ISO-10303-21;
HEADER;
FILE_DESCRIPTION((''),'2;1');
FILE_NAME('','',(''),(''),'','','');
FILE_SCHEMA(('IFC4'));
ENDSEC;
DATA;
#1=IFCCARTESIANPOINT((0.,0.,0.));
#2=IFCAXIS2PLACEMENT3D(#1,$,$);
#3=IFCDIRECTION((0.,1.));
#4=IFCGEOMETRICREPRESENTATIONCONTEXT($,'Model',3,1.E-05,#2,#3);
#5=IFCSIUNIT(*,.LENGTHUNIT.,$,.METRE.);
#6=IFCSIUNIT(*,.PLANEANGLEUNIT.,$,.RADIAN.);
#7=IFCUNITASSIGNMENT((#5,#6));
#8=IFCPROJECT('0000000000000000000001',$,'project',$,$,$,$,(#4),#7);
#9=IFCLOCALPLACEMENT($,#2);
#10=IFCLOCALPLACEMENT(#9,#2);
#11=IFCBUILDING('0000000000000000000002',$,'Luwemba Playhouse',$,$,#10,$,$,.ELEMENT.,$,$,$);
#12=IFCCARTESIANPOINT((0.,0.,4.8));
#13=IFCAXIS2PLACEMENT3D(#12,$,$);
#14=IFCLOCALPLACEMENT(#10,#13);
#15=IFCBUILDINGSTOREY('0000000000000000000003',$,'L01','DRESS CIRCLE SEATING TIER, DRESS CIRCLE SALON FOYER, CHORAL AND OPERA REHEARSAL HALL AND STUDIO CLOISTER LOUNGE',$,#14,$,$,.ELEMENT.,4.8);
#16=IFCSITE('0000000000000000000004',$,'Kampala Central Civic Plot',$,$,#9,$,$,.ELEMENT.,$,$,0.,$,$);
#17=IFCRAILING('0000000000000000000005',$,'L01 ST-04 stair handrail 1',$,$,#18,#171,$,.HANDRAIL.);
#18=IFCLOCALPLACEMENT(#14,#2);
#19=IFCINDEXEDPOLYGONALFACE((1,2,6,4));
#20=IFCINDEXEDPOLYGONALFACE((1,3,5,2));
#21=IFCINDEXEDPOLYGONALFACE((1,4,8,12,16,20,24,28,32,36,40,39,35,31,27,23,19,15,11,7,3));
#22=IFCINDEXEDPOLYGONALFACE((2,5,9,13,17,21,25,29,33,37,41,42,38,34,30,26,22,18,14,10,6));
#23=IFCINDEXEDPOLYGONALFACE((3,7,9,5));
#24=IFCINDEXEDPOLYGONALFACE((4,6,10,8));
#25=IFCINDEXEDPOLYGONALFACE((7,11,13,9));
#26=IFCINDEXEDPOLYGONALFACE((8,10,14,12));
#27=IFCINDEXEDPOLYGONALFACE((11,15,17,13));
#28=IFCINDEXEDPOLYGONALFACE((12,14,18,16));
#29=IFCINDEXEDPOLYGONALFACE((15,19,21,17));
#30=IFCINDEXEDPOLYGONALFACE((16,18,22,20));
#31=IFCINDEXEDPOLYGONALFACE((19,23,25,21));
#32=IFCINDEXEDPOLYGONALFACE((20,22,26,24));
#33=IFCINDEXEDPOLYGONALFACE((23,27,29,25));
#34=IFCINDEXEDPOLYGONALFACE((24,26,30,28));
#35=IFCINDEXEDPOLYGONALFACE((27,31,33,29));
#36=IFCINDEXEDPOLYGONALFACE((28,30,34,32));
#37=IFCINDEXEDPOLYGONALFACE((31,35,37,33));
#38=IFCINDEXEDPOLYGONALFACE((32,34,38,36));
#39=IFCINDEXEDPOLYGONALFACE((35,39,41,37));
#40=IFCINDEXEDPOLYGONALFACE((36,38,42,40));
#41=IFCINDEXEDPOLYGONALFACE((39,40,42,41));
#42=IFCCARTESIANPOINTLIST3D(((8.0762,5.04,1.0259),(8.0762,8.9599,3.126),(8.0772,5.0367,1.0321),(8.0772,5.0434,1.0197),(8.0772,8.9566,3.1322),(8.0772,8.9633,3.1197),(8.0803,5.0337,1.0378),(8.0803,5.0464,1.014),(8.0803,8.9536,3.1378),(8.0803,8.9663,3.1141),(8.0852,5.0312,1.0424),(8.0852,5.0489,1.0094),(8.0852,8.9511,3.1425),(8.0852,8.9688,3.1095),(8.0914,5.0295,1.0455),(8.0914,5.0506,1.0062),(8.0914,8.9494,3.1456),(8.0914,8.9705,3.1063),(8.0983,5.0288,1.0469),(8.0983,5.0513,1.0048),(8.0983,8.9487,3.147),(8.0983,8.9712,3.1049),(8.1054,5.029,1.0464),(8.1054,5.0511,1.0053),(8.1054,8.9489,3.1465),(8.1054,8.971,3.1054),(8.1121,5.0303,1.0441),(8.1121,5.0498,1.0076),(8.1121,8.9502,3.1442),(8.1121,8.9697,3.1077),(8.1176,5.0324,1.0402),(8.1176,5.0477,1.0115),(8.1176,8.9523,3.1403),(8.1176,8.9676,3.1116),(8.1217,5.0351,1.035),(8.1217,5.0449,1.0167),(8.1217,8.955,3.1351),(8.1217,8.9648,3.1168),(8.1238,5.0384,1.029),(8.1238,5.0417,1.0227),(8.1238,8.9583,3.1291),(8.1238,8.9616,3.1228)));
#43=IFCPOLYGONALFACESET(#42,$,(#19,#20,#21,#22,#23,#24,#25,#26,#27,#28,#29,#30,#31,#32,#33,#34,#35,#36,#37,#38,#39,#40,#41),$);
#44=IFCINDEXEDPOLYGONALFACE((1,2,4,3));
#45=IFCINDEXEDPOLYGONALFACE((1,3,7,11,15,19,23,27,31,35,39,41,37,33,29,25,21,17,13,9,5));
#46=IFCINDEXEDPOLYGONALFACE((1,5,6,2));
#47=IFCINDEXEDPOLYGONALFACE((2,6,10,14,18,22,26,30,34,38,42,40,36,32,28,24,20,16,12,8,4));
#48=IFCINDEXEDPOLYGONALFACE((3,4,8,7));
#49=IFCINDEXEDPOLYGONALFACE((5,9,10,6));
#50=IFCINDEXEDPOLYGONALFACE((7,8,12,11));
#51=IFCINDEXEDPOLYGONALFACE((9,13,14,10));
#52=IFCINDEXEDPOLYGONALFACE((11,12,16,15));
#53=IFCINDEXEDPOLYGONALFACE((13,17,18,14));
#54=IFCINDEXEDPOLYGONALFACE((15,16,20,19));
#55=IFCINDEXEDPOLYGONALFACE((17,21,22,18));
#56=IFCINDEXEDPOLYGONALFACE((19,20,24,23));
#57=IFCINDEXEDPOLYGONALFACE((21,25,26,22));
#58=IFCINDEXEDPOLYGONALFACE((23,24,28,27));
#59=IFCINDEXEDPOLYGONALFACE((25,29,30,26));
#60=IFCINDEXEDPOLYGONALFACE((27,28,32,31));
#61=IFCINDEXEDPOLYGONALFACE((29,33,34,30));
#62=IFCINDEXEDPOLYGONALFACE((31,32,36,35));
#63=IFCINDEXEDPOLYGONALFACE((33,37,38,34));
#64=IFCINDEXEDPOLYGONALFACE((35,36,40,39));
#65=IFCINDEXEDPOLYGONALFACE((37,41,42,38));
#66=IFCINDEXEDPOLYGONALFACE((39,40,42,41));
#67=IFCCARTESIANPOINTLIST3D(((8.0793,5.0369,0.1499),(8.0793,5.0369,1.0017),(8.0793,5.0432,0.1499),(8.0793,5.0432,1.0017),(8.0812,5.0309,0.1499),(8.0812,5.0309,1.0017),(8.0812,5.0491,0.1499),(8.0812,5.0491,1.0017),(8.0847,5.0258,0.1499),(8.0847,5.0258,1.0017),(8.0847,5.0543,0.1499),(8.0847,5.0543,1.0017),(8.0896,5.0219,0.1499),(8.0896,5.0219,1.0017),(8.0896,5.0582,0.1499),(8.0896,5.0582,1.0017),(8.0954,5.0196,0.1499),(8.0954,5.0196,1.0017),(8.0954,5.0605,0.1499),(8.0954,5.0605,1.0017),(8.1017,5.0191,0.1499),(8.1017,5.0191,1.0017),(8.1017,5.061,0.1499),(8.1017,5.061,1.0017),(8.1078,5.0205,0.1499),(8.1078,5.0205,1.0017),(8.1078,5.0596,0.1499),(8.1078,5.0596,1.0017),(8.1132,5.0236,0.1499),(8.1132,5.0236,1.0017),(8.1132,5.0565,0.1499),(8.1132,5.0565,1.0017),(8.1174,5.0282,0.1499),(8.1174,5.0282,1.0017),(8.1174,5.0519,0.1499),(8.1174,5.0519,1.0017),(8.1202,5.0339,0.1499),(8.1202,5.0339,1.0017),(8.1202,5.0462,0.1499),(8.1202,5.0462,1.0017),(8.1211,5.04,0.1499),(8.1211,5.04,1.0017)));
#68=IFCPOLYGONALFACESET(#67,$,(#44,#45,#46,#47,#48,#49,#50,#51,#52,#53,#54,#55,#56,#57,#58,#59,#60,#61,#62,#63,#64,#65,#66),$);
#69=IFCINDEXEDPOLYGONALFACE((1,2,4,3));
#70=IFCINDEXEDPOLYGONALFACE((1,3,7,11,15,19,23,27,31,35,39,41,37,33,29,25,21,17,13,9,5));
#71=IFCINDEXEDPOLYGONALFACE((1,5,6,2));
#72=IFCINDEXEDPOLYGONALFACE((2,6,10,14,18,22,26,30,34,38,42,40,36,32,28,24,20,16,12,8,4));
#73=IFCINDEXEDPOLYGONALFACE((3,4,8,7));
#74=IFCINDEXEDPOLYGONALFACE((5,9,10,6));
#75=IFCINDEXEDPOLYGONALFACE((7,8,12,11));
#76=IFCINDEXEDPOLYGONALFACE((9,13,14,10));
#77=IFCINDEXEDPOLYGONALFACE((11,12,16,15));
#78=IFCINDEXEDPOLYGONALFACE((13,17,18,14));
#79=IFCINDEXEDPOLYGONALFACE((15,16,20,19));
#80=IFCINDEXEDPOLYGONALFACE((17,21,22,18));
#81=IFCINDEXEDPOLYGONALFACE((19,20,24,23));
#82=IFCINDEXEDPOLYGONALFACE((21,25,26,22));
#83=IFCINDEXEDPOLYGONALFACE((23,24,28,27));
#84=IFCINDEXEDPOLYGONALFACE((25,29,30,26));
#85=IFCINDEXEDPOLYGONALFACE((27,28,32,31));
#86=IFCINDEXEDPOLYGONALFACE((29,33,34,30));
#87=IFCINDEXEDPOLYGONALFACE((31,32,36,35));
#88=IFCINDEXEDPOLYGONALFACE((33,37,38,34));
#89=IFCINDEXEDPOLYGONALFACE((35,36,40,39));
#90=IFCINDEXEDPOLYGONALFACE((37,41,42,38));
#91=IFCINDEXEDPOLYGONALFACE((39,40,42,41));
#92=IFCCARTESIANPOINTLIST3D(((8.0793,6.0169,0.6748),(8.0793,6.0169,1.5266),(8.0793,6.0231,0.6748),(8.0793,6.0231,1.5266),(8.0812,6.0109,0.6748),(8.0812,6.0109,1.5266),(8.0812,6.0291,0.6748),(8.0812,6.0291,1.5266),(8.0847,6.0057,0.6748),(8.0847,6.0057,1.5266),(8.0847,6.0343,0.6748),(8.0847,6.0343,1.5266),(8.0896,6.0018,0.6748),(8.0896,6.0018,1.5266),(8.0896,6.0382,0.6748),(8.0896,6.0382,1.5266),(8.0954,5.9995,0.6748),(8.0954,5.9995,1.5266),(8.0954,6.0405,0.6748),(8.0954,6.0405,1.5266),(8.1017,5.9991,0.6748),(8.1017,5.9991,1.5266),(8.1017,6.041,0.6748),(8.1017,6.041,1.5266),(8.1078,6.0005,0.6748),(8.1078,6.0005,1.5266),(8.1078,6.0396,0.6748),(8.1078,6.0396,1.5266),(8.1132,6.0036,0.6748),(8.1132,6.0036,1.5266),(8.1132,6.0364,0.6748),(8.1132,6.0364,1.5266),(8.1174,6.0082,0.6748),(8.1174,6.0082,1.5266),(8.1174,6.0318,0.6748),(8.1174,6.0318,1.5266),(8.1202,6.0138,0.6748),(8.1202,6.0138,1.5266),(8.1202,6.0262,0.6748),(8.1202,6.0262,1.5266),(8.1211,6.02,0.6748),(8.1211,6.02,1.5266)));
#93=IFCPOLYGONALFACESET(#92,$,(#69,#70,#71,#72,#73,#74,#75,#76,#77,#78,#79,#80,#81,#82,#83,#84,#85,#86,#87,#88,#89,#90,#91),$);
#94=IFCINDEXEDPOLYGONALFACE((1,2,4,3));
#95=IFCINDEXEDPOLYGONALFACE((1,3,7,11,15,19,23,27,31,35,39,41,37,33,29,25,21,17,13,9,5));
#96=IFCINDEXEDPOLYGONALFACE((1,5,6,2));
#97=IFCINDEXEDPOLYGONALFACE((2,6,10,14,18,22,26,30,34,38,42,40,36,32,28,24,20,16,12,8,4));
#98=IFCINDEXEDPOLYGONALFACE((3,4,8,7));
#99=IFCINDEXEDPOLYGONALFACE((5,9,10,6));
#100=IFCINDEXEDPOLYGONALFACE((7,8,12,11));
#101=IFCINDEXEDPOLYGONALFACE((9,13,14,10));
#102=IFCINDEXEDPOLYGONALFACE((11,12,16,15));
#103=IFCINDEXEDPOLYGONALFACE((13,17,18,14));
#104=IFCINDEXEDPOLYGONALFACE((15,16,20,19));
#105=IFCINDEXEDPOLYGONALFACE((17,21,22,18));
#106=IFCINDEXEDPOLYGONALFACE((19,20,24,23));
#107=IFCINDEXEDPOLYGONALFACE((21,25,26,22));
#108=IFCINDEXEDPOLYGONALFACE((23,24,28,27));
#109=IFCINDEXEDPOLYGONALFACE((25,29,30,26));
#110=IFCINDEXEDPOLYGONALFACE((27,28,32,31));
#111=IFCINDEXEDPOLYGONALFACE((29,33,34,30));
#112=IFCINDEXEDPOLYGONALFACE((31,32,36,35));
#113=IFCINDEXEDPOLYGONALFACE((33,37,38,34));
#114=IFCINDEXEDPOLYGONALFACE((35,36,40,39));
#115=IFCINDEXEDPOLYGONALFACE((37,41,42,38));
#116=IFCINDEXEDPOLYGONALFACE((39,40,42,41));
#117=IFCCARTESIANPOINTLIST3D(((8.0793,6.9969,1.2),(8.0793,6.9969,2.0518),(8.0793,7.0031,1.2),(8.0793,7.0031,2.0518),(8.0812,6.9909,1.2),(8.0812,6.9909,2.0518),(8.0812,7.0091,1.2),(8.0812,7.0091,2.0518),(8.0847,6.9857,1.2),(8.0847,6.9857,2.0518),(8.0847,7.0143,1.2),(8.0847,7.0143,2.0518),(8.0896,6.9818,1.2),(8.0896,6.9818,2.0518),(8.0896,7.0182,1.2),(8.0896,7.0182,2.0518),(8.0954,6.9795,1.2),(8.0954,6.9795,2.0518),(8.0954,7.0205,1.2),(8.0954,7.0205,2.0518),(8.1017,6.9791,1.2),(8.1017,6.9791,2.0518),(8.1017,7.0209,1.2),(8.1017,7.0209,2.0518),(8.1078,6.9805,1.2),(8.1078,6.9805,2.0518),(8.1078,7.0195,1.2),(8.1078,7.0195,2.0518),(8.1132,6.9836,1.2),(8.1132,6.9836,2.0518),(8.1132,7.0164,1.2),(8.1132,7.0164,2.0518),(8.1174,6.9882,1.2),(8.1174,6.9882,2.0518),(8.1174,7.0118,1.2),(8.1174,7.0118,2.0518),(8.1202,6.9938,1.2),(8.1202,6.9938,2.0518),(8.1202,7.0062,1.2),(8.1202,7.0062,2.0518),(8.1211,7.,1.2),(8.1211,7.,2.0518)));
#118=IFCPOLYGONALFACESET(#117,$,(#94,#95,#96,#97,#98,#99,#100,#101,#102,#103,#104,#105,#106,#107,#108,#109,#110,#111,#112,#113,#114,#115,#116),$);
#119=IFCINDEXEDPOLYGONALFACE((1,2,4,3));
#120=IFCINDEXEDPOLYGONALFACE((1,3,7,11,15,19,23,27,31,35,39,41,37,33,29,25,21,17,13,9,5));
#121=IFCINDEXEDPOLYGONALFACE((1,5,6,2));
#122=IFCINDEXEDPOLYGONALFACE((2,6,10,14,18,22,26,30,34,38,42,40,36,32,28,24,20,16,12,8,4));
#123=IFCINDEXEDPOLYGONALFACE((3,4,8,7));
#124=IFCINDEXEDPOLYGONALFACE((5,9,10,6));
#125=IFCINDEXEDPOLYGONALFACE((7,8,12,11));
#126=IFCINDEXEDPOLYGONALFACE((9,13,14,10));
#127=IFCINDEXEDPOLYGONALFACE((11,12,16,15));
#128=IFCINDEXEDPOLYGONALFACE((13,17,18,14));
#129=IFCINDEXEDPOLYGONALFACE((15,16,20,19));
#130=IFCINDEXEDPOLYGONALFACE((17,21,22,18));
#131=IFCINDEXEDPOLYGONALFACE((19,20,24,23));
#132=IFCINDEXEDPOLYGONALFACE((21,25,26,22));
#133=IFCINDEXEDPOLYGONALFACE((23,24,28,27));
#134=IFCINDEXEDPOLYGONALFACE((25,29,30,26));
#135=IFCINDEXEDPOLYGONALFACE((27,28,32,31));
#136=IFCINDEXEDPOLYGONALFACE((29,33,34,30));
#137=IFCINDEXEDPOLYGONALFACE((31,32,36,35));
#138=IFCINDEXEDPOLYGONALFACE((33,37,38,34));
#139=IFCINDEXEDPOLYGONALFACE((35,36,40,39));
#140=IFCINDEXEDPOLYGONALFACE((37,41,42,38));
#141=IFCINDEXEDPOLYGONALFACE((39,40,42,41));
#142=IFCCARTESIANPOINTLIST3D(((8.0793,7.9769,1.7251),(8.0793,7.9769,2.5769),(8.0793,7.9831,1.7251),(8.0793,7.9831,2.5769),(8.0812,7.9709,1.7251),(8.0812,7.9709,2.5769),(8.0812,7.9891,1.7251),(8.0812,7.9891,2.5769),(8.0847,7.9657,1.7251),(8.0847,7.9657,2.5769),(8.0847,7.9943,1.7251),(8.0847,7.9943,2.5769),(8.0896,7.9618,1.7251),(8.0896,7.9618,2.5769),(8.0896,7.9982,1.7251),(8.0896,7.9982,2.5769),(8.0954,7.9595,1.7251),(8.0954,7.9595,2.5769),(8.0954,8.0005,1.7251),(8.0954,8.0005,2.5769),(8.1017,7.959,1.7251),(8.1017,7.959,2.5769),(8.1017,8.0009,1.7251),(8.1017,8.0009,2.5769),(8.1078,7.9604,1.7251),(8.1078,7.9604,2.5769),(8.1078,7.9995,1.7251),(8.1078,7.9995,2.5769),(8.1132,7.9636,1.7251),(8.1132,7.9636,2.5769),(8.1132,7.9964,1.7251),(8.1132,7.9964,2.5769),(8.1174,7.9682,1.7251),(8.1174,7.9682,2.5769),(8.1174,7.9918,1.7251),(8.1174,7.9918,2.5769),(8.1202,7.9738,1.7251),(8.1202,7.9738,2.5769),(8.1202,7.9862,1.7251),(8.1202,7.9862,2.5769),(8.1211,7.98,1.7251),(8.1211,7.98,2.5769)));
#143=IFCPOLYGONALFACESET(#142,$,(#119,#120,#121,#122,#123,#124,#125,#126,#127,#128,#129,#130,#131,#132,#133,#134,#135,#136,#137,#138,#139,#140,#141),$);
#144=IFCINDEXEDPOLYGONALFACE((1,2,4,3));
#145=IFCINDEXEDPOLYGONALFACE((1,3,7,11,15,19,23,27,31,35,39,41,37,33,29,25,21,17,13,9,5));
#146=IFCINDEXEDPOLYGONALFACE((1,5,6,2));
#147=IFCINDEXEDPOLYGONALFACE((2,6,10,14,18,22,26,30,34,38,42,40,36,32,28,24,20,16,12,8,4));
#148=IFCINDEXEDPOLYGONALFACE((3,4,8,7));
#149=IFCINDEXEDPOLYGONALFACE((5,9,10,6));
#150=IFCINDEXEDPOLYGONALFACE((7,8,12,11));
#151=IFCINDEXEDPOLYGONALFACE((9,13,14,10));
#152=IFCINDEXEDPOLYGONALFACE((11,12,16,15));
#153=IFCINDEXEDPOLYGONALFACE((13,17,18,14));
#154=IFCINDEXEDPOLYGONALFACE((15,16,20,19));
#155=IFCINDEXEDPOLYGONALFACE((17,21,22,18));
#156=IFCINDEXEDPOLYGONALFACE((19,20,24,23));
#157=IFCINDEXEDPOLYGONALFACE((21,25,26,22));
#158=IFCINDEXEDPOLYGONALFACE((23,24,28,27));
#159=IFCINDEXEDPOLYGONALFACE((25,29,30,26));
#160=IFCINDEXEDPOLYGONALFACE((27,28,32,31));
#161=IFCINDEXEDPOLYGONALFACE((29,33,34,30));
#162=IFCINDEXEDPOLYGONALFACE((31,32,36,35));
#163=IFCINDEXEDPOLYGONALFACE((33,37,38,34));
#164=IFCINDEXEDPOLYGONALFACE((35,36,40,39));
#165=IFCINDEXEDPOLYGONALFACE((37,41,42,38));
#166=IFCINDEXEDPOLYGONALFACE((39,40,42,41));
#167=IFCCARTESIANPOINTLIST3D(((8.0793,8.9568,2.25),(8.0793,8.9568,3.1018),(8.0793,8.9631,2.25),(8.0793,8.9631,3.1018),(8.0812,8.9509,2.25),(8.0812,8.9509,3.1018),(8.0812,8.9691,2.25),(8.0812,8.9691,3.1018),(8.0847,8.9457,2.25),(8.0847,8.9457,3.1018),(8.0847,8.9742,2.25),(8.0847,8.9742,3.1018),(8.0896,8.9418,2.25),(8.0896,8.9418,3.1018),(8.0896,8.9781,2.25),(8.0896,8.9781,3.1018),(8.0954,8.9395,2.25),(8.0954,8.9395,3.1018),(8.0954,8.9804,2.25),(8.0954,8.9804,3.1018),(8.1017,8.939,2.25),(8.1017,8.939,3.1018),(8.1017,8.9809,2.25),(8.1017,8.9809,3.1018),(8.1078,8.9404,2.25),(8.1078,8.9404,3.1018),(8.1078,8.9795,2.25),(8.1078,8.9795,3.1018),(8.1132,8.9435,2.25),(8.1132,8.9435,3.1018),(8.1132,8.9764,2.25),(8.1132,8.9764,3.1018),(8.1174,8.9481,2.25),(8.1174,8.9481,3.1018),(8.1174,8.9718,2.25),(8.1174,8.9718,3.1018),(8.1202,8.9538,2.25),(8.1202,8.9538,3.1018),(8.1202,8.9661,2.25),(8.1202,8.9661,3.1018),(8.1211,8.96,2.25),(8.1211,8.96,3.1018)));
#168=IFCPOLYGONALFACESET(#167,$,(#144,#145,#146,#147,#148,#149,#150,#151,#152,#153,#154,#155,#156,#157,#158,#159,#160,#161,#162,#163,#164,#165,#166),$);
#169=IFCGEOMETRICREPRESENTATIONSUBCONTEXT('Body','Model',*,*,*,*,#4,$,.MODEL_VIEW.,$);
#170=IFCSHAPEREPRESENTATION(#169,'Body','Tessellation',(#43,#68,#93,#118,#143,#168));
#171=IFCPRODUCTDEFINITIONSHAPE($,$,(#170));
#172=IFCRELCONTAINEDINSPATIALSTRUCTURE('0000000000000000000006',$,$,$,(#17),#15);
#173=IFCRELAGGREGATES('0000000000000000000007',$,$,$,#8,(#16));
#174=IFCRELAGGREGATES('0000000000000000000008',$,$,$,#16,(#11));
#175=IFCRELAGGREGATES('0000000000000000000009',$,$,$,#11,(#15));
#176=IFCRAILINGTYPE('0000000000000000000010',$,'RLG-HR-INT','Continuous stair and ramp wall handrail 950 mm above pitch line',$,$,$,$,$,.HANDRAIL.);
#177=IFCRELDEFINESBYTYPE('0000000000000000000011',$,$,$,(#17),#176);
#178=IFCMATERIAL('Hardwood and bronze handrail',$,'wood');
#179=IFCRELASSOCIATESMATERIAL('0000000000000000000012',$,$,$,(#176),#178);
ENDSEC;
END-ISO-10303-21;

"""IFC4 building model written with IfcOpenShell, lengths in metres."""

from ifc_helpers import new_model, si_unit, direction, frame, origin, origin_2d, place, context, subcontext, project, spatial, circle, extrude, material, type_object, element, save


model = new_model("IFC4")

# Units and contexts
model_context = context("Model", 3, precision=1e-05, world=origin(), true_north=direction((0.0, 1.0)))
body_context = subcontext(model_context, "Body", "Model", "MODEL_VIEW")
ifc_project = project(units=[si_unit("LENGTHUNIT", "METRE"), si_unit("PLANEANGLEUNIT", "RADIAN")], contexts=[model_context])

# Site, building, storey
site_placement = place(None, origin())
site = spatial("IfcSite", under=ifc_project, at=site_placement, Name="Kampala Central Civic Plot", CompositionType="ELEMENT", RefElevation=0.0)
building_placement = place(site_placement, origin())
building = spatial("IfcBuilding", under=site, at=building_placement, Name="Luwemba Playhouse", CompositionType="ELEMENT")
storey_placement = place(building_placement, frame((0.0, 0.0, 4.8)))
storey = spatial("IfcBuildingStorey", under=building, at=storey_placement, Name="L01", Description="DRESS CIRCLE SEATING TIER, DRESS CIRCLE SALON FOYER, CHORAL AND OPERA REHEARSAL HALL AND STUDIO CLOISTER LOUNGE", CompositionType="ELEMENT", Elevation=4.8)

# Railing
ifc_material_1 = material(Name="Hardwood and bronze handrail", Category="wood")
railing_type_1 = type_object("IfcRailingType", Name="RLG-HR-INT", Description="Continuous stair and ramp wall handrail 950 mm above pitch line", PredefinedType="HANDRAIL", material=ifc_material_1)
railing_1_placement = place(storey_placement, frame((8.1001, 5.04, 0.1499)))
element("IfcRailing", 1, at=railing_1_placement, inside=storey, type_object=railing_type_1, Name="L01 ST-04 stair handrail 1", PredefinedType="HANDRAIL", context=body_context, shape_type="SweptSolid", body=[
    extrude(circle(Radius=0.0239, at=origin_2d()), frame((0.0, 0.0, 0.876), z_axis=(0.0, 0.881467, 0.472246), x_axis=(-1.0, 0.0, 0.0)), (0.0, 0.0, 1.0), 4.447),
    extrude(circle(Radius=0.021, at=origin_2d()), origin(), (0.0, 0.0, 1.0), 0.8518),
    extrude(circle(Radius=0.021, at=origin_2d()), frame((0.0, 0.98, 0.5249)), (0.0, 0.0, 1.0), 0.8518),
    extrude(circle(Radius=0.021, at=origin_2d()), frame((0.0, 1.96, 1.05)), (0.0, 0.0, 1.0), 0.8518),
    extrude(circle(Radius=0.021, at=origin_2d()), frame((0.0, 2.9399, 1.5752)), (0.0, 0.0, 1.0), 0.8518),
    extrude(circle(Radius=0.021, at=origin_2d()), frame((0.0, 3.9199, 2.1001)), (0.0, 0.0, 1.0), 0.8518),
])

save(model, "model.ifc")
